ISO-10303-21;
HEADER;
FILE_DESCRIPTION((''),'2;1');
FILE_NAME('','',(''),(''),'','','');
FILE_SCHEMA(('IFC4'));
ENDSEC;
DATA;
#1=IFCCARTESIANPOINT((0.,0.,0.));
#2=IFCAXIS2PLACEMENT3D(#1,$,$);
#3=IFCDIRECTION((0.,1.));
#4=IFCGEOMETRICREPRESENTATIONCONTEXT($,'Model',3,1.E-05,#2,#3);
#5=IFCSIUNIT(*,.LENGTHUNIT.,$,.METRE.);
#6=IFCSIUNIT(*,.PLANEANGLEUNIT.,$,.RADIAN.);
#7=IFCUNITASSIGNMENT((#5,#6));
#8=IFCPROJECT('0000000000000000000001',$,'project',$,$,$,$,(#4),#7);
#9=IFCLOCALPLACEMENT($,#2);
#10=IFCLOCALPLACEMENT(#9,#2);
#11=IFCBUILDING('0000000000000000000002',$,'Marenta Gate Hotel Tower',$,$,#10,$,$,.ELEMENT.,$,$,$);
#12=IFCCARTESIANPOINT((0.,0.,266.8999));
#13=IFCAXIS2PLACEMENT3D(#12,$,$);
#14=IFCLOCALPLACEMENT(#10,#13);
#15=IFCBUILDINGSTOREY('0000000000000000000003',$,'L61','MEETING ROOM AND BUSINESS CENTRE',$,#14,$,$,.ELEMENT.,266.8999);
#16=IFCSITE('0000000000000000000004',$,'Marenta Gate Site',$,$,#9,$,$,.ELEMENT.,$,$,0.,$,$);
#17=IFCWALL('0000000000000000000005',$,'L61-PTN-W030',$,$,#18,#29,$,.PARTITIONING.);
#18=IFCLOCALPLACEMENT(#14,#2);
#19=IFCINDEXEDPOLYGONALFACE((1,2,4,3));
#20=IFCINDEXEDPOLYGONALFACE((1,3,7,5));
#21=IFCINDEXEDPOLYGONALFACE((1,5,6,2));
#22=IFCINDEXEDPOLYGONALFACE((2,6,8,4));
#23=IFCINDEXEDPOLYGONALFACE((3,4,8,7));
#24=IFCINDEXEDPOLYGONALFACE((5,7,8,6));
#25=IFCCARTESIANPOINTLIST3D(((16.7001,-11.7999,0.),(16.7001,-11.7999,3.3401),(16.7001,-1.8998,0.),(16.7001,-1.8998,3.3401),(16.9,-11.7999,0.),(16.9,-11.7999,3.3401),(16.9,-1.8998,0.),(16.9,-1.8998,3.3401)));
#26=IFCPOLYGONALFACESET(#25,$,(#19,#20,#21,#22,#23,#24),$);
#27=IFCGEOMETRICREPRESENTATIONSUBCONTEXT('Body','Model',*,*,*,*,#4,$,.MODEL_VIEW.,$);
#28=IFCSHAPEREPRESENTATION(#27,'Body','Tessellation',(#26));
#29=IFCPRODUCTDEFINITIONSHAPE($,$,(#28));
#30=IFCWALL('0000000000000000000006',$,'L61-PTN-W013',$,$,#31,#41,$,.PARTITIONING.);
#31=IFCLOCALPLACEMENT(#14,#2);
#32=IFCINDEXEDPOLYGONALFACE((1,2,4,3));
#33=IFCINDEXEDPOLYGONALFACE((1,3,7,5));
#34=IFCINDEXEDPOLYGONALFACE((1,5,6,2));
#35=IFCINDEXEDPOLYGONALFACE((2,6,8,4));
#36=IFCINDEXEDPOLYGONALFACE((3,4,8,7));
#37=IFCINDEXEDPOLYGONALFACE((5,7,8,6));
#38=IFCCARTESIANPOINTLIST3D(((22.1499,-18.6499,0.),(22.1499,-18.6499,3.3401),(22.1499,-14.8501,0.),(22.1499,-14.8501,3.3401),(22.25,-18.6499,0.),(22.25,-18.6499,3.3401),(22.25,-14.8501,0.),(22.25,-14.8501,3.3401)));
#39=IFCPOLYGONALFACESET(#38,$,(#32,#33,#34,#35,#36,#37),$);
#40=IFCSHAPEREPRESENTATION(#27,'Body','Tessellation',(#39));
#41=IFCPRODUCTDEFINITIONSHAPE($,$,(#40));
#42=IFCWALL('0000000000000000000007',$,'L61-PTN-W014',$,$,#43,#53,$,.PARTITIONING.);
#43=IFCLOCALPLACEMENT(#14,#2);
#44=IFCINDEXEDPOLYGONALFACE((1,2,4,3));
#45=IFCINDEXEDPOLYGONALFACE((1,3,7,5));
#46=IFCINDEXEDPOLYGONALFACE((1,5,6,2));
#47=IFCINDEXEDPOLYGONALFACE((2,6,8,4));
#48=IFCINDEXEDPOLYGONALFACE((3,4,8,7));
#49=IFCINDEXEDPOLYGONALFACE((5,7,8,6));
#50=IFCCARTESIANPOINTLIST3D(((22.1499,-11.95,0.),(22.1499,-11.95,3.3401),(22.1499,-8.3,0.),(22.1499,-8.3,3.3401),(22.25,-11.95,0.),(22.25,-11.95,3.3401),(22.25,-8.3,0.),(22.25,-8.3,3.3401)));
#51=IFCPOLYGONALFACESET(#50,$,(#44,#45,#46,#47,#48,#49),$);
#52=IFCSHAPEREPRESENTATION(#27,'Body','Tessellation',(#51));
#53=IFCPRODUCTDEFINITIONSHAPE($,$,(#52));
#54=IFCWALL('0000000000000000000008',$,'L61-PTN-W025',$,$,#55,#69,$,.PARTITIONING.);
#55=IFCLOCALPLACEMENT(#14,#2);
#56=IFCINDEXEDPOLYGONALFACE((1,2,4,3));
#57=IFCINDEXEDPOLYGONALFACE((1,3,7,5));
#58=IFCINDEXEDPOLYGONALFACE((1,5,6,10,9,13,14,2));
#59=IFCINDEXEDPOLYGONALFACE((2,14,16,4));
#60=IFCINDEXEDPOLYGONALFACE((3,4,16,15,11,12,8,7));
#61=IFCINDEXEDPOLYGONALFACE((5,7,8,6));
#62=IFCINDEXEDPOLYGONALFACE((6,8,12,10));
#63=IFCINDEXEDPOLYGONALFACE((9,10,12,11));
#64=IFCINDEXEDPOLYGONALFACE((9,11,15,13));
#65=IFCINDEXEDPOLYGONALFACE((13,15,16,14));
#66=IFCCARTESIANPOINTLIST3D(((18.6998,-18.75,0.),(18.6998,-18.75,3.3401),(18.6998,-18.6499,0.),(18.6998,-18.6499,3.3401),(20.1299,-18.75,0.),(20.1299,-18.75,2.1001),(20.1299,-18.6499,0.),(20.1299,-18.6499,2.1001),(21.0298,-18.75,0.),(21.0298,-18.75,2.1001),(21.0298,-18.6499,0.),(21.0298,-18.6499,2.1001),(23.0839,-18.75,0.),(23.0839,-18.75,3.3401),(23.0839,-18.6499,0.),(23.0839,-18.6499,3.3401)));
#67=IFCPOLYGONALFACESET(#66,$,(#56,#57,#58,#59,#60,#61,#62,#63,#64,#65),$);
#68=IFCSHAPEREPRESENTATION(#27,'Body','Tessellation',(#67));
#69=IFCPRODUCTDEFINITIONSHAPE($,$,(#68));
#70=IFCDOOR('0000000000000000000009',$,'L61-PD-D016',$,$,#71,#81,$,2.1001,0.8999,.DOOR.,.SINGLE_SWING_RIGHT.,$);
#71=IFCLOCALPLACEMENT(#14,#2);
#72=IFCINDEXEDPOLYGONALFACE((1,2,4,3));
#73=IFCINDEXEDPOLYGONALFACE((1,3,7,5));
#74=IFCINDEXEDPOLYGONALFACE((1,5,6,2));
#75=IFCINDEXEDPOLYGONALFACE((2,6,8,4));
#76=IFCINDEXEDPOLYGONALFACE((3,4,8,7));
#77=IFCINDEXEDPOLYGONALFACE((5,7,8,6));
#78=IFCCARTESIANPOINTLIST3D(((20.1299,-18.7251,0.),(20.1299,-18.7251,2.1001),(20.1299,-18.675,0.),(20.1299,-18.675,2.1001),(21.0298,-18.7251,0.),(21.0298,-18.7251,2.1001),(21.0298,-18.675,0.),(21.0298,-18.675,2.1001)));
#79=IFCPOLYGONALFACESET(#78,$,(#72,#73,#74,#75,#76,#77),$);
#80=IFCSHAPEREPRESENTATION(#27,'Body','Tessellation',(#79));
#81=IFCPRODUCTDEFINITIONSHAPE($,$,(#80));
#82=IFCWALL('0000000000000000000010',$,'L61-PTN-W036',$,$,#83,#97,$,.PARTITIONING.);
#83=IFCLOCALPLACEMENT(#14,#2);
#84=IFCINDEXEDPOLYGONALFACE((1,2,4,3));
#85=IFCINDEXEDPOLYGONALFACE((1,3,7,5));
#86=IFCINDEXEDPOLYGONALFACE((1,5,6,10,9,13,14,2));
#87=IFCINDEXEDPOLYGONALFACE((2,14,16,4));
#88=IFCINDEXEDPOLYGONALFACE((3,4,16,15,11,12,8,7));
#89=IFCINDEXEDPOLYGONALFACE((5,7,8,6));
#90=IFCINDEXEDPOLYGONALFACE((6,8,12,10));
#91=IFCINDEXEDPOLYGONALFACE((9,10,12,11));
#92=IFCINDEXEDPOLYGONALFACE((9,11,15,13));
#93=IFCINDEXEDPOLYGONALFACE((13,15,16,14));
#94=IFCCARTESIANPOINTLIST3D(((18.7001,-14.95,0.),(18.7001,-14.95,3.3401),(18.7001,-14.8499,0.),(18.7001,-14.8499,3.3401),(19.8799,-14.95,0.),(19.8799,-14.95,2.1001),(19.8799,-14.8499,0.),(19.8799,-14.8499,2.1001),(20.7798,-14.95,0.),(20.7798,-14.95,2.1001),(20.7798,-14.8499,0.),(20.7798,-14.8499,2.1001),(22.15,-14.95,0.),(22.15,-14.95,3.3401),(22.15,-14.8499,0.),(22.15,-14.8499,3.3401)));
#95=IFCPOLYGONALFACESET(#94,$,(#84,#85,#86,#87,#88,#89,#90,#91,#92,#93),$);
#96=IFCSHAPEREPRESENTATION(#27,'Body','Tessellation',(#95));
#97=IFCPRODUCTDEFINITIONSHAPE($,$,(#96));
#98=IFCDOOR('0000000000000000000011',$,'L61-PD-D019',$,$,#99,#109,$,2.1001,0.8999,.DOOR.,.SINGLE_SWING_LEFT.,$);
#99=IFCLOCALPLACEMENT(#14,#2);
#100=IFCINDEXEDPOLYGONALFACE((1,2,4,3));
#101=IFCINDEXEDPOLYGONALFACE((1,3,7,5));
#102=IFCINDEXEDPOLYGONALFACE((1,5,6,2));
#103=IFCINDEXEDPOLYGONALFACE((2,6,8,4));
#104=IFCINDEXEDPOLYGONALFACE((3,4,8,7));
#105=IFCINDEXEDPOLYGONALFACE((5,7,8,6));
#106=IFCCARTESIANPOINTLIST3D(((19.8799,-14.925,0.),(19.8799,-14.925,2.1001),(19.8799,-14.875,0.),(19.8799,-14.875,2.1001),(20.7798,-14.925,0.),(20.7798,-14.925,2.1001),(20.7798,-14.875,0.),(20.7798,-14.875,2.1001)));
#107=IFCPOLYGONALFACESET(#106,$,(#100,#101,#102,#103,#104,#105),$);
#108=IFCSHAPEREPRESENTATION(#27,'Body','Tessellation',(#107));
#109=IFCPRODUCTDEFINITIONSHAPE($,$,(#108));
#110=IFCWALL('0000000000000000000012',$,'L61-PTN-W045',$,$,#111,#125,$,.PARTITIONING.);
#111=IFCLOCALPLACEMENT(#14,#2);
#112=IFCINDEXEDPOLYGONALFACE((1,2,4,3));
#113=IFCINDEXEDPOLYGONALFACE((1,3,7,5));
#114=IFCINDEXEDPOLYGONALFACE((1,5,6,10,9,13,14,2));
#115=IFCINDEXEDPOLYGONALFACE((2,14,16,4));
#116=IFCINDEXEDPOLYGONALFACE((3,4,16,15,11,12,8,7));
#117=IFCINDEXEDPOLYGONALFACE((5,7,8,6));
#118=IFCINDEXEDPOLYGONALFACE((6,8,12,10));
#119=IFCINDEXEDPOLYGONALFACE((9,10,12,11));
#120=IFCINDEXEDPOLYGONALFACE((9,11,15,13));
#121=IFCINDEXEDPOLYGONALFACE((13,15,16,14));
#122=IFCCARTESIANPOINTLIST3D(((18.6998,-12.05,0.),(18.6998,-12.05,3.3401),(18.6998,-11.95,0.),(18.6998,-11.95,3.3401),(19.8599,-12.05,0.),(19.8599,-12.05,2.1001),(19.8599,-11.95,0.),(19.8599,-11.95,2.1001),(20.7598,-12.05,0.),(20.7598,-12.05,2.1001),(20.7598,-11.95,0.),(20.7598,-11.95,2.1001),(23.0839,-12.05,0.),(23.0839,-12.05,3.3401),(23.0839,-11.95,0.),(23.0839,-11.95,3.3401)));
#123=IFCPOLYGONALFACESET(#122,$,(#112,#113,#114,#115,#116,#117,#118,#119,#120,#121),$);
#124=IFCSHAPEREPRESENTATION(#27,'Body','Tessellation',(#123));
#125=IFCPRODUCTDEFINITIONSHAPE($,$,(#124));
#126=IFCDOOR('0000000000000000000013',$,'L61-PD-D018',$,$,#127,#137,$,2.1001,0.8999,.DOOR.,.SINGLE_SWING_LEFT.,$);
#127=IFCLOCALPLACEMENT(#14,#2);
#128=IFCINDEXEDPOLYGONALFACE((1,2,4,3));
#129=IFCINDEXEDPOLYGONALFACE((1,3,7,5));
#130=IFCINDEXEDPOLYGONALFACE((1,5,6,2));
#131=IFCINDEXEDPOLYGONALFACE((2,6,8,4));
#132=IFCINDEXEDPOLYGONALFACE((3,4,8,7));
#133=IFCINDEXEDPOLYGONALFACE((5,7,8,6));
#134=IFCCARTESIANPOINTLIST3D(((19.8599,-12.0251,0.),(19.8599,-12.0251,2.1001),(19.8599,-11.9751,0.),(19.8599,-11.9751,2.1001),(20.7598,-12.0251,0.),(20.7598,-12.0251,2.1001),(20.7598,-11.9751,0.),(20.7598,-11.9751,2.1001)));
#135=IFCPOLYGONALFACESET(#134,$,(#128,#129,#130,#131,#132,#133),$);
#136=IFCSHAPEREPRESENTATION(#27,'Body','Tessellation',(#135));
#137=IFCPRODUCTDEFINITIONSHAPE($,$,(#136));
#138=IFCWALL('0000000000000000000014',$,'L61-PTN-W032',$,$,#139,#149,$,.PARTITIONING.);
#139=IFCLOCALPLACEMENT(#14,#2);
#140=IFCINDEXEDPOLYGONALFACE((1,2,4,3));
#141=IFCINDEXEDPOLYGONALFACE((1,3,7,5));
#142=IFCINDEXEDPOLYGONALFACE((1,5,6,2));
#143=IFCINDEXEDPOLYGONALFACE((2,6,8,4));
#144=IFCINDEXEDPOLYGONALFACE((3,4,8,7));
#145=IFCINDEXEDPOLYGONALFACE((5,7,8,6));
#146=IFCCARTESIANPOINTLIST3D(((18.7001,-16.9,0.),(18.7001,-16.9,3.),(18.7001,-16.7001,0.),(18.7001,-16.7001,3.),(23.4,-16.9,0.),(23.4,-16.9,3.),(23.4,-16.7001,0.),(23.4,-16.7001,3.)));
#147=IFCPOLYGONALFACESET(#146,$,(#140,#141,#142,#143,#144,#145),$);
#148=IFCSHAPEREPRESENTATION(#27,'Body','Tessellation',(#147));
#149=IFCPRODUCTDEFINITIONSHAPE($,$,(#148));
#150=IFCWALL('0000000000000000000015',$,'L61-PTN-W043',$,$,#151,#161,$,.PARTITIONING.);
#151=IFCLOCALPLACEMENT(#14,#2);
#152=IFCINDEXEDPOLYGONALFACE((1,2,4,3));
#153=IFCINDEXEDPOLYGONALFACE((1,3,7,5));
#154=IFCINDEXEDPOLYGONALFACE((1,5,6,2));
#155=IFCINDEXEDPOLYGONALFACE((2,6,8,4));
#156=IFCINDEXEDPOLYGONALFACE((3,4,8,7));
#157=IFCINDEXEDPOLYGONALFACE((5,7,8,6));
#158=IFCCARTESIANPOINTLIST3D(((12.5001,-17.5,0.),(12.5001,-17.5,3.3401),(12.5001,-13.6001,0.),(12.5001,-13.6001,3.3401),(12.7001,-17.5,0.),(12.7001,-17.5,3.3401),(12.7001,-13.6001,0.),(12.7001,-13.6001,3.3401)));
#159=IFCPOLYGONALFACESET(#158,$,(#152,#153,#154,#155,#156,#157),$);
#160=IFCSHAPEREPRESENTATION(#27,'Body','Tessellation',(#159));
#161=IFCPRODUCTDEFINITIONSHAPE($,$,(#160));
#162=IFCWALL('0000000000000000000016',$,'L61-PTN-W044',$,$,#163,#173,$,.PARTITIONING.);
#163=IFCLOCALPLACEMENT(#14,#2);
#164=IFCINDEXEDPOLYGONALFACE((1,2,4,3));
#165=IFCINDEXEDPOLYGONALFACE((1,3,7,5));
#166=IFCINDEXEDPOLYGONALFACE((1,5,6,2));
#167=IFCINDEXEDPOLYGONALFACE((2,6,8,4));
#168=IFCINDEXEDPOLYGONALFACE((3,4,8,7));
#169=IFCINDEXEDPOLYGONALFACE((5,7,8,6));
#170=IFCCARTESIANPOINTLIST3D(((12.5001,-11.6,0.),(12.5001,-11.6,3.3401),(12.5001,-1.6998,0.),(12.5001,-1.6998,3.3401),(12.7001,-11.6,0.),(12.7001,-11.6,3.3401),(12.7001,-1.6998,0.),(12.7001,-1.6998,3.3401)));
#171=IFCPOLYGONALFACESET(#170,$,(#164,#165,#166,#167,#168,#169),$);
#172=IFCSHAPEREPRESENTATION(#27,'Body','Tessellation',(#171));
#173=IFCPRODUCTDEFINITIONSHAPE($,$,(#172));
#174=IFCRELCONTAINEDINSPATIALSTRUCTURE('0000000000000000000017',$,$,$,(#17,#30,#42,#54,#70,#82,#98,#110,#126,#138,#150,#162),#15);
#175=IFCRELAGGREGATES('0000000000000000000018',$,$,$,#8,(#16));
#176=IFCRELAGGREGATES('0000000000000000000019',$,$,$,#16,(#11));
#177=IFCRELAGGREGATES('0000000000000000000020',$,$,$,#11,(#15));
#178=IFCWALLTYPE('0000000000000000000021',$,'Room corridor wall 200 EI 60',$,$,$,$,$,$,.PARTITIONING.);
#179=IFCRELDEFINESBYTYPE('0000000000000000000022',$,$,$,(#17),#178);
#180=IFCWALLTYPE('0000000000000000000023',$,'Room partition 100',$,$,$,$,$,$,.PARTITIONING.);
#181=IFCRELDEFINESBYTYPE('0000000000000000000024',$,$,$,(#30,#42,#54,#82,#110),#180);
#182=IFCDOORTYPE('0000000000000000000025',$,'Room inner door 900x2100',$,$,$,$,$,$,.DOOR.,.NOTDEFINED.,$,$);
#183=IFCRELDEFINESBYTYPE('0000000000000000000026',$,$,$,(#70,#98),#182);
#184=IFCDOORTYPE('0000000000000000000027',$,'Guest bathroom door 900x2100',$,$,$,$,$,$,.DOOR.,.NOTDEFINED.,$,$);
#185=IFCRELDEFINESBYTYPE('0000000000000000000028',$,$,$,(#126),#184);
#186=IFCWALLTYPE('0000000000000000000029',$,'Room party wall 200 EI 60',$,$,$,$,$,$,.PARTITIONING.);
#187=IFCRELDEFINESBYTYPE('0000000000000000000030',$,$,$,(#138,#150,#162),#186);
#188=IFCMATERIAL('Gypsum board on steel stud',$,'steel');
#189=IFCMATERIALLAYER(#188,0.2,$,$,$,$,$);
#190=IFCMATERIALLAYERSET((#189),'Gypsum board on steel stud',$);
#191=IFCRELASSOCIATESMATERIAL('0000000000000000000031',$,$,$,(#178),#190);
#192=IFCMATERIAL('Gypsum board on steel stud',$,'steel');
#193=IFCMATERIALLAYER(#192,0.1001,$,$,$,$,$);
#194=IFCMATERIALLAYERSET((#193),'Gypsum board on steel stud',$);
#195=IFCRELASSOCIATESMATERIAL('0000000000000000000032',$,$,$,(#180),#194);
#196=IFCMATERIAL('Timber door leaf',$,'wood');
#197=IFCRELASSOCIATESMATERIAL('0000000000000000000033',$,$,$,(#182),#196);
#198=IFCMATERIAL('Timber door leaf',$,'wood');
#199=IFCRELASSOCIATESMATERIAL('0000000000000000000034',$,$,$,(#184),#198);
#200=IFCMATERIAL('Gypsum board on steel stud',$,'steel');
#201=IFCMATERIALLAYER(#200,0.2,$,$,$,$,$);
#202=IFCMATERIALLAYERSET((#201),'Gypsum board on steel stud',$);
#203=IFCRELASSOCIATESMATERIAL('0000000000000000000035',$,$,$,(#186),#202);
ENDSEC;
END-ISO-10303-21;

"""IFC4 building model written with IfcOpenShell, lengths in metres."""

from ifc_helpers import new_model, si_unit, direction, frame, frame_2d, origin, place, context, subcontext, project, spatial, rectangle, extrude, material, layer, layer_set, type_object, element, fill, save


model = new_model("IFC4")

# Units and contexts
model_context = context("Model", 3, precision=1e-05, world=origin(), true_north=direction((0.0, 1.0)))
body_context = subcontext(model_context, "Body", "Model", "MODEL_VIEW")
ifc_project = project(units=[si_unit("LENGTHUNIT", "METRE"), si_unit("PLANEANGLEUNIT", "RADIAN")], contexts=[model_context])

# Site, building, storey
site_placement = place(None, origin())
site = spatial("IfcSite", under=ifc_project, at=site_placement, Name="Marenta Gate Site", CompositionType="ELEMENT", RefElevation=0.0)
building_placement = place(site_placement, origin())
building = spatial("IfcBuilding", under=site, at=building_placement, Name="Marenta Gate Hotel Tower", CompositionType="ELEMENT")
storey_placement = place(building_placement, frame((0.0, 0.0, 266.8999)))
storey = spatial("IfcBuildingStorey", under=building, at=storey_placement, Name="L61", Description="MEETING ROOM AND BUSINESS CENTRE", CompositionType="ELEMENT", Elevation=266.8999)

# Walls
ifc_material_1 = material(Name="Gypsum board on steel stud", Category="steel")
ifc_layer_1 = layer(ifc_material_1, 0.2)
ifc_layer_set_1 = layer_set([ifc_layer_1], Name="Gypsum board on steel stud")
wall_type_1 = type_object("IfcWallType", Name="Room corridor wall 200 EI 60", PredefinedType="PARTITIONING", material=ifc_layer_set_1)
wall_1_placement = place(storey_placement, frame((16.8, -11.8, 0.0), z_axis=(0.0, 0.0, 1.0), x_axis=(0.0, 1.0, 0.0)))
element("IfcWall", 1, at=wall_1_placement, inside=storey, type_object=wall_type_1, Name="L61-PTN-W030", PredefinedType="PARTITIONING", context=body_context, shape_type="SweptSolid", body=[
    extrude(rectangle(XDim=9.9001, YDim=0.2, at=frame_2d((4.9502, 0.0))), origin(), (0.0, 0.0, 1.0), 3.3401),
])
ifc_material_2 = material(Name="Gypsum board on steel stud", Category="steel")
ifc_layer_2 = layer(ifc_material_2, 0.1001)
ifc_layer_set_2 = layer_set([ifc_layer_2], Name="Gypsum board on steel stud")
wall_type_2 = type_object("IfcWallType", Name="Room partition 100", PredefinedType="PARTITIONING", material=ifc_layer_set_2)
wall_2_placement = place(storey_placement, frame((22.2, -18.6499, 0.0), z_axis=(0.0, 0.0, 1.0), x_axis=(0.0, 1.0, 0.0)))
element("IfcWall", 2, at=wall_2_placement, inside=storey, type_object=wall_type_2, Name="L61-PTN-W013", PredefinedType="PARTITIONING", context=body_context, shape_type="SweptSolid", body=[
    extrude(rectangle(XDim=3.7998, YDim=0.1001, at=frame_2d((1.8999, 0.0))), origin(), (0.0, 0.0, 1.0), 3.3401),
])
wall_3_placement = place(storey_placement, frame((22.2, -11.95, 0.0), z_axis=(0.0, 0.0, 1.0), x_axis=(0.0, 1.0, 0.0)))
element("IfcWall", 3, at=wall_3_placement, inside=storey, type_object=wall_type_2, Name="L61-PTN-W014", PredefinedType="PARTITIONING", context=body_context, shape_type="SweptSolid", body=[
    extrude(rectangle(XDim=3.6499, YDim=0.1001, at=frame_2d((1.825, 0.0))), origin(), (0.0, 0.0, 1.0), 3.3401),
])

# Walls, openings, doors
wall_4_placement = place(storey_placement, frame((18.7, -18.7, 0.0), z_axis=(0.0, 0.0, 1.0), x_axis=(1.0, 0.0, 0.0)))
wall_4 = element("IfcWall", 4, at=wall_4_placement, inside=storey, type_object=wall_type_2, Name="L61-PTN-W025", PredefinedType="PARTITIONING", context=body_context, shape_type="SweptSolid", body=[
    extrude(rectangle(XDim=4.384, YDim=0.1001, at=frame_2d((2.1919, 0.0))), origin(), (0.0, 0.0, 1.0), 3.3401),
])
opening_1_placement = place(wall_4_placement, frame((1.4299, 0.0, 0.0)))
opening_1 = element("IfcOpeningElement", 5, at=opening_1_placement, cuts=wall_4, PredefinedType="OPENING", context=body_context, shape_type="SweptSolid", body=[
    extrude(rectangle(XDim=0.8999, YDim=2.1001, at=frame_2d((0.45, 1.05))), frame((0.0, 0.05, 0.0), z_axis=(0.0, -1.0, 0.0), x_axis=(1.0, 0.0, 0.0)), (0.0, 0.0, 1.0), 0.1001),
])
ifc_material_3 = material(Name="Timber door leaf", Category="wood")
door_type_1 = type_object("IfcDoorType", Name="Room inner door 900x2100", OperationType="NOTDEFINED", PredefinedType="DOOR", material=ifc_material_3)
door_1_placement = place(opening_1_placement, origin())
door_1 = element("IfcDoor", 6, at=door_1_placement, inside=storey, type_object=door_type_1, Name="L61-PD-D016", OperationType="SINGLE_SWING_RIGHT", OverallHeight=2.1001, OverallWidth=0.8999, PredefinedType="DOOR", context=body_context, shape_type="SweptSolid", body=[
    extrude(rectangle(XDim=0.8999, YDim=2.1001, at=frame_2d((0.45, 1.05))), frame((0.0, 0.0249, 0.0), z_axis=(0.0, -1.0, 0.0), x_axis=(1.0, 0.0, 0.0)), (0.0, 0.0, 1.0), 0.05),
])
fill(opening_1, door_1)
wall_5_placement = place(storey_placement, frame((18.7, -14.8999, 0.0), z_axis=(0.0, 0.0, 1.0), x_axis=(1.0, 0.0, 0.0)))
wall_5 = element("IfcWall", 7, at=wall_5_placement, inside=storey, type_object=wall_type_2, Name="L61-PTN-W036", PredefinedType="PARTITIONING", context=body_context, shape_type="SweptSolid", body=[
    extrude(rectangle(XDim=3.45, YDim=0.1001, at=frame_2d((1.7251, 0.0))), origin(), (0.0, 0.0, 1.0), 3.3401),
])
opening_2_placement = place(wall_5_placement, frame((1.1799, 0.0, 0.0)))
opening_2 = element("IfcOpeningElement", 8, at=opening_2_placement, cuts=wall_5, PredefinedType="OPENING", context=body_context, shape_type="SweptSolid", body=[
    extrude(rectangle(XDim=0.8999, YDim=2.1001, at=frame_2d((0.45, 1.05))), frame((0.0, 0.05, 0.0), z_axis=(0.0, -1.0, 0.0), x_axis=(1.0, 0.0, 0.0)), (0.0, 0.0, 1.0), 0.1001),
])
door_2_placement = place(opening_2_placement, origin())
door_2 = element("IfcDoor", 9, at=door_2_placement, inside=storey, type_object=door_type_1, Name="L61-PD-D019", OperationType="SINGLE_SWING_LEFT", OverallHeight=2.1001, OverallWidth=0.8999, PredefinedType="DOOR", context=body_context, shape_type="SweptSolid", body=[
    extrude(rectangle(XDim=0.8999, YDim=2.1001, at=frame_2d((0.45, 1.05))), frame((0.0, 0.0249, 0.0), z_axis=(0.0, -1.0, 0.0), x_axis=(1.0, 0.0, 0.0)), (0.0, 0.0, 1.0), 0.05),
])
fill(opening_2, door_2)
wall_6_placement = place(storey_placement, frame((18.7, -12.0, 0.0), z_axis=(0.0, 0.0, 1.0), x_axis=(1.0, 0.0, 0.0)))
wall_6 = element("IfcWall", 10, at=wall_6_placement, inside=storey, type_object=wall_type_2, Name="L61-PTN-W045", PredefinedType="PARTITIONING", context=body_context, shape_type="SweptSolid", body=[
    extrude(rectangle(XDim=4.384, YDim=0.1001, at=frame_2d((2.1919, 0.0))), origin(), (0.0, 0.0, 1.0), 3.3401),
])
opening_3_placement = place(wall_6_placement, frame((1.1599, 0.0, 0.0)))
opening_3 = element("IfcOpeningElement", 11, at=opening_3_placement, cuts=wall_6, PredefinedType="OPENING", context=body_context, shape_type="SweptSolid", body=[
    extrude(rectangle(XDim=0.8999, YDim=2.1001, at=frame_2d((0.45, 1.05))), frame((0.0, 0.05, 0.0), z_axis=(0.0, -1.0, 0.0), x_axis=(1.0, 0.0, 0.0)), (0.0, 0.0, 1.0), 0.1001),
])
ifc_material_4 = material(Name="Timber door leaf", Category="wood")
door_type_2 = type_object("IfcDoorType", Name="Guest bathroom door 900x2100", OperationType="NOTDEFINED", PredefinedType="DOOR", material=ifc_material_4)
door_3_placement = place(opening_3_placement, origin())
door_3 = element("IfcDoor", 12, at=door_3_placement, inside=storey, type_object=door_type_2, Name="L61-PD-D018", OperationType="SINGLE_SWING_LEFT", OverallHeight=2.1001, OverallWidth=0.8999, PredefinedType="DOOR", context=body_context, shape_type="SweptSolid", body=[
    extrude(rectangle(XDim=0.8999, YDim=2.1001, at=frame_2d((0.45, 1.05))), frame((0.0, 0.0249, 0.0), z_axis=(0.0, -1.0, 0.0), x_axis=(1.0, 0.0, 0.0)), (0.0, 0.0, 1.0), 0.05),
])
fill(opening_3, door_3)

# Walls
ifc_material_5 = material(Name="Gypsum board on steel stud", Category="steel")
ifc_layer_3 = layer(ifc_material_5, 0.2)
ifc_layer_set_3 = layer_set([ifc_layer_3], Name="Gypsum board on steel stud")
wall_type_3 = type_object("IfcWallType", Name="Room party wall 200 EI 60", PredefinedType="PARTITIONING", material=ifc_layer_set_3)
wall_7_placement = place(storey_placement, frame((18.7, -16.8, 0.0), z_axis=(0.0, 0.0, 1.0), x_axis=(1.0, 0.0, 0.0)))
element("IfcWall", 13, at=wall_7_placement, inside=storey, type_object=wall_type_3, Name="L61-PTN-W032", PredefinedType="PARTITIONING", context=body_context, shape_type="SweptSolid", body=[
    extrude(rectangle(XDim=4.7, YDim=0.2, at=frame_2d((2.3501, 0.0))), origin(), (0.0, 0.0, 1.0), 3.0),
])
wall_8_placement = place(storey_placement, frame((12.6001, -17.5, 0.0), z_axis=(0.0, 0.0, 1.0), x_axis=(0.0, 1.0, 0.0)))
element("IfcWall", 14, at=wall_8_placement, inside=storey, type_object=wall_type_3, Name="L61-PTN-W043", PredefinedType="PARTITIONING", context=body_context, shape_type="SweptSolid", body=[
    extrude(rectangle(XDim=3.8999, YDim=0.2, at=frame_2d((1.95, 0.0))), origin(), (0.0, 0.0, 1.0), 3.3401),
])
wall_9_placement = place(storey_placement, frame((12.6001, -11.6001, 0.0), z_axis=(0.0, 0.0, 1.0), x_axis=(0.0, 1.0, 0.0)))
element("IfcWall", 15, at=wall_9_placement, inside=storey, type_object=wall_type_3, Name="L61-PTN-W044", PredefinedType="PARTITIONING", context=body_context, shape_type="SweptSolid", body=[
    extrude(rectangle(XDim=9.9001, YDim=0.2, at=frame_2d((4.9502, 0.0))), origin(), (0.0, 0.0, 1.0), 3.3401),
])

save(model, "model.ifc")
